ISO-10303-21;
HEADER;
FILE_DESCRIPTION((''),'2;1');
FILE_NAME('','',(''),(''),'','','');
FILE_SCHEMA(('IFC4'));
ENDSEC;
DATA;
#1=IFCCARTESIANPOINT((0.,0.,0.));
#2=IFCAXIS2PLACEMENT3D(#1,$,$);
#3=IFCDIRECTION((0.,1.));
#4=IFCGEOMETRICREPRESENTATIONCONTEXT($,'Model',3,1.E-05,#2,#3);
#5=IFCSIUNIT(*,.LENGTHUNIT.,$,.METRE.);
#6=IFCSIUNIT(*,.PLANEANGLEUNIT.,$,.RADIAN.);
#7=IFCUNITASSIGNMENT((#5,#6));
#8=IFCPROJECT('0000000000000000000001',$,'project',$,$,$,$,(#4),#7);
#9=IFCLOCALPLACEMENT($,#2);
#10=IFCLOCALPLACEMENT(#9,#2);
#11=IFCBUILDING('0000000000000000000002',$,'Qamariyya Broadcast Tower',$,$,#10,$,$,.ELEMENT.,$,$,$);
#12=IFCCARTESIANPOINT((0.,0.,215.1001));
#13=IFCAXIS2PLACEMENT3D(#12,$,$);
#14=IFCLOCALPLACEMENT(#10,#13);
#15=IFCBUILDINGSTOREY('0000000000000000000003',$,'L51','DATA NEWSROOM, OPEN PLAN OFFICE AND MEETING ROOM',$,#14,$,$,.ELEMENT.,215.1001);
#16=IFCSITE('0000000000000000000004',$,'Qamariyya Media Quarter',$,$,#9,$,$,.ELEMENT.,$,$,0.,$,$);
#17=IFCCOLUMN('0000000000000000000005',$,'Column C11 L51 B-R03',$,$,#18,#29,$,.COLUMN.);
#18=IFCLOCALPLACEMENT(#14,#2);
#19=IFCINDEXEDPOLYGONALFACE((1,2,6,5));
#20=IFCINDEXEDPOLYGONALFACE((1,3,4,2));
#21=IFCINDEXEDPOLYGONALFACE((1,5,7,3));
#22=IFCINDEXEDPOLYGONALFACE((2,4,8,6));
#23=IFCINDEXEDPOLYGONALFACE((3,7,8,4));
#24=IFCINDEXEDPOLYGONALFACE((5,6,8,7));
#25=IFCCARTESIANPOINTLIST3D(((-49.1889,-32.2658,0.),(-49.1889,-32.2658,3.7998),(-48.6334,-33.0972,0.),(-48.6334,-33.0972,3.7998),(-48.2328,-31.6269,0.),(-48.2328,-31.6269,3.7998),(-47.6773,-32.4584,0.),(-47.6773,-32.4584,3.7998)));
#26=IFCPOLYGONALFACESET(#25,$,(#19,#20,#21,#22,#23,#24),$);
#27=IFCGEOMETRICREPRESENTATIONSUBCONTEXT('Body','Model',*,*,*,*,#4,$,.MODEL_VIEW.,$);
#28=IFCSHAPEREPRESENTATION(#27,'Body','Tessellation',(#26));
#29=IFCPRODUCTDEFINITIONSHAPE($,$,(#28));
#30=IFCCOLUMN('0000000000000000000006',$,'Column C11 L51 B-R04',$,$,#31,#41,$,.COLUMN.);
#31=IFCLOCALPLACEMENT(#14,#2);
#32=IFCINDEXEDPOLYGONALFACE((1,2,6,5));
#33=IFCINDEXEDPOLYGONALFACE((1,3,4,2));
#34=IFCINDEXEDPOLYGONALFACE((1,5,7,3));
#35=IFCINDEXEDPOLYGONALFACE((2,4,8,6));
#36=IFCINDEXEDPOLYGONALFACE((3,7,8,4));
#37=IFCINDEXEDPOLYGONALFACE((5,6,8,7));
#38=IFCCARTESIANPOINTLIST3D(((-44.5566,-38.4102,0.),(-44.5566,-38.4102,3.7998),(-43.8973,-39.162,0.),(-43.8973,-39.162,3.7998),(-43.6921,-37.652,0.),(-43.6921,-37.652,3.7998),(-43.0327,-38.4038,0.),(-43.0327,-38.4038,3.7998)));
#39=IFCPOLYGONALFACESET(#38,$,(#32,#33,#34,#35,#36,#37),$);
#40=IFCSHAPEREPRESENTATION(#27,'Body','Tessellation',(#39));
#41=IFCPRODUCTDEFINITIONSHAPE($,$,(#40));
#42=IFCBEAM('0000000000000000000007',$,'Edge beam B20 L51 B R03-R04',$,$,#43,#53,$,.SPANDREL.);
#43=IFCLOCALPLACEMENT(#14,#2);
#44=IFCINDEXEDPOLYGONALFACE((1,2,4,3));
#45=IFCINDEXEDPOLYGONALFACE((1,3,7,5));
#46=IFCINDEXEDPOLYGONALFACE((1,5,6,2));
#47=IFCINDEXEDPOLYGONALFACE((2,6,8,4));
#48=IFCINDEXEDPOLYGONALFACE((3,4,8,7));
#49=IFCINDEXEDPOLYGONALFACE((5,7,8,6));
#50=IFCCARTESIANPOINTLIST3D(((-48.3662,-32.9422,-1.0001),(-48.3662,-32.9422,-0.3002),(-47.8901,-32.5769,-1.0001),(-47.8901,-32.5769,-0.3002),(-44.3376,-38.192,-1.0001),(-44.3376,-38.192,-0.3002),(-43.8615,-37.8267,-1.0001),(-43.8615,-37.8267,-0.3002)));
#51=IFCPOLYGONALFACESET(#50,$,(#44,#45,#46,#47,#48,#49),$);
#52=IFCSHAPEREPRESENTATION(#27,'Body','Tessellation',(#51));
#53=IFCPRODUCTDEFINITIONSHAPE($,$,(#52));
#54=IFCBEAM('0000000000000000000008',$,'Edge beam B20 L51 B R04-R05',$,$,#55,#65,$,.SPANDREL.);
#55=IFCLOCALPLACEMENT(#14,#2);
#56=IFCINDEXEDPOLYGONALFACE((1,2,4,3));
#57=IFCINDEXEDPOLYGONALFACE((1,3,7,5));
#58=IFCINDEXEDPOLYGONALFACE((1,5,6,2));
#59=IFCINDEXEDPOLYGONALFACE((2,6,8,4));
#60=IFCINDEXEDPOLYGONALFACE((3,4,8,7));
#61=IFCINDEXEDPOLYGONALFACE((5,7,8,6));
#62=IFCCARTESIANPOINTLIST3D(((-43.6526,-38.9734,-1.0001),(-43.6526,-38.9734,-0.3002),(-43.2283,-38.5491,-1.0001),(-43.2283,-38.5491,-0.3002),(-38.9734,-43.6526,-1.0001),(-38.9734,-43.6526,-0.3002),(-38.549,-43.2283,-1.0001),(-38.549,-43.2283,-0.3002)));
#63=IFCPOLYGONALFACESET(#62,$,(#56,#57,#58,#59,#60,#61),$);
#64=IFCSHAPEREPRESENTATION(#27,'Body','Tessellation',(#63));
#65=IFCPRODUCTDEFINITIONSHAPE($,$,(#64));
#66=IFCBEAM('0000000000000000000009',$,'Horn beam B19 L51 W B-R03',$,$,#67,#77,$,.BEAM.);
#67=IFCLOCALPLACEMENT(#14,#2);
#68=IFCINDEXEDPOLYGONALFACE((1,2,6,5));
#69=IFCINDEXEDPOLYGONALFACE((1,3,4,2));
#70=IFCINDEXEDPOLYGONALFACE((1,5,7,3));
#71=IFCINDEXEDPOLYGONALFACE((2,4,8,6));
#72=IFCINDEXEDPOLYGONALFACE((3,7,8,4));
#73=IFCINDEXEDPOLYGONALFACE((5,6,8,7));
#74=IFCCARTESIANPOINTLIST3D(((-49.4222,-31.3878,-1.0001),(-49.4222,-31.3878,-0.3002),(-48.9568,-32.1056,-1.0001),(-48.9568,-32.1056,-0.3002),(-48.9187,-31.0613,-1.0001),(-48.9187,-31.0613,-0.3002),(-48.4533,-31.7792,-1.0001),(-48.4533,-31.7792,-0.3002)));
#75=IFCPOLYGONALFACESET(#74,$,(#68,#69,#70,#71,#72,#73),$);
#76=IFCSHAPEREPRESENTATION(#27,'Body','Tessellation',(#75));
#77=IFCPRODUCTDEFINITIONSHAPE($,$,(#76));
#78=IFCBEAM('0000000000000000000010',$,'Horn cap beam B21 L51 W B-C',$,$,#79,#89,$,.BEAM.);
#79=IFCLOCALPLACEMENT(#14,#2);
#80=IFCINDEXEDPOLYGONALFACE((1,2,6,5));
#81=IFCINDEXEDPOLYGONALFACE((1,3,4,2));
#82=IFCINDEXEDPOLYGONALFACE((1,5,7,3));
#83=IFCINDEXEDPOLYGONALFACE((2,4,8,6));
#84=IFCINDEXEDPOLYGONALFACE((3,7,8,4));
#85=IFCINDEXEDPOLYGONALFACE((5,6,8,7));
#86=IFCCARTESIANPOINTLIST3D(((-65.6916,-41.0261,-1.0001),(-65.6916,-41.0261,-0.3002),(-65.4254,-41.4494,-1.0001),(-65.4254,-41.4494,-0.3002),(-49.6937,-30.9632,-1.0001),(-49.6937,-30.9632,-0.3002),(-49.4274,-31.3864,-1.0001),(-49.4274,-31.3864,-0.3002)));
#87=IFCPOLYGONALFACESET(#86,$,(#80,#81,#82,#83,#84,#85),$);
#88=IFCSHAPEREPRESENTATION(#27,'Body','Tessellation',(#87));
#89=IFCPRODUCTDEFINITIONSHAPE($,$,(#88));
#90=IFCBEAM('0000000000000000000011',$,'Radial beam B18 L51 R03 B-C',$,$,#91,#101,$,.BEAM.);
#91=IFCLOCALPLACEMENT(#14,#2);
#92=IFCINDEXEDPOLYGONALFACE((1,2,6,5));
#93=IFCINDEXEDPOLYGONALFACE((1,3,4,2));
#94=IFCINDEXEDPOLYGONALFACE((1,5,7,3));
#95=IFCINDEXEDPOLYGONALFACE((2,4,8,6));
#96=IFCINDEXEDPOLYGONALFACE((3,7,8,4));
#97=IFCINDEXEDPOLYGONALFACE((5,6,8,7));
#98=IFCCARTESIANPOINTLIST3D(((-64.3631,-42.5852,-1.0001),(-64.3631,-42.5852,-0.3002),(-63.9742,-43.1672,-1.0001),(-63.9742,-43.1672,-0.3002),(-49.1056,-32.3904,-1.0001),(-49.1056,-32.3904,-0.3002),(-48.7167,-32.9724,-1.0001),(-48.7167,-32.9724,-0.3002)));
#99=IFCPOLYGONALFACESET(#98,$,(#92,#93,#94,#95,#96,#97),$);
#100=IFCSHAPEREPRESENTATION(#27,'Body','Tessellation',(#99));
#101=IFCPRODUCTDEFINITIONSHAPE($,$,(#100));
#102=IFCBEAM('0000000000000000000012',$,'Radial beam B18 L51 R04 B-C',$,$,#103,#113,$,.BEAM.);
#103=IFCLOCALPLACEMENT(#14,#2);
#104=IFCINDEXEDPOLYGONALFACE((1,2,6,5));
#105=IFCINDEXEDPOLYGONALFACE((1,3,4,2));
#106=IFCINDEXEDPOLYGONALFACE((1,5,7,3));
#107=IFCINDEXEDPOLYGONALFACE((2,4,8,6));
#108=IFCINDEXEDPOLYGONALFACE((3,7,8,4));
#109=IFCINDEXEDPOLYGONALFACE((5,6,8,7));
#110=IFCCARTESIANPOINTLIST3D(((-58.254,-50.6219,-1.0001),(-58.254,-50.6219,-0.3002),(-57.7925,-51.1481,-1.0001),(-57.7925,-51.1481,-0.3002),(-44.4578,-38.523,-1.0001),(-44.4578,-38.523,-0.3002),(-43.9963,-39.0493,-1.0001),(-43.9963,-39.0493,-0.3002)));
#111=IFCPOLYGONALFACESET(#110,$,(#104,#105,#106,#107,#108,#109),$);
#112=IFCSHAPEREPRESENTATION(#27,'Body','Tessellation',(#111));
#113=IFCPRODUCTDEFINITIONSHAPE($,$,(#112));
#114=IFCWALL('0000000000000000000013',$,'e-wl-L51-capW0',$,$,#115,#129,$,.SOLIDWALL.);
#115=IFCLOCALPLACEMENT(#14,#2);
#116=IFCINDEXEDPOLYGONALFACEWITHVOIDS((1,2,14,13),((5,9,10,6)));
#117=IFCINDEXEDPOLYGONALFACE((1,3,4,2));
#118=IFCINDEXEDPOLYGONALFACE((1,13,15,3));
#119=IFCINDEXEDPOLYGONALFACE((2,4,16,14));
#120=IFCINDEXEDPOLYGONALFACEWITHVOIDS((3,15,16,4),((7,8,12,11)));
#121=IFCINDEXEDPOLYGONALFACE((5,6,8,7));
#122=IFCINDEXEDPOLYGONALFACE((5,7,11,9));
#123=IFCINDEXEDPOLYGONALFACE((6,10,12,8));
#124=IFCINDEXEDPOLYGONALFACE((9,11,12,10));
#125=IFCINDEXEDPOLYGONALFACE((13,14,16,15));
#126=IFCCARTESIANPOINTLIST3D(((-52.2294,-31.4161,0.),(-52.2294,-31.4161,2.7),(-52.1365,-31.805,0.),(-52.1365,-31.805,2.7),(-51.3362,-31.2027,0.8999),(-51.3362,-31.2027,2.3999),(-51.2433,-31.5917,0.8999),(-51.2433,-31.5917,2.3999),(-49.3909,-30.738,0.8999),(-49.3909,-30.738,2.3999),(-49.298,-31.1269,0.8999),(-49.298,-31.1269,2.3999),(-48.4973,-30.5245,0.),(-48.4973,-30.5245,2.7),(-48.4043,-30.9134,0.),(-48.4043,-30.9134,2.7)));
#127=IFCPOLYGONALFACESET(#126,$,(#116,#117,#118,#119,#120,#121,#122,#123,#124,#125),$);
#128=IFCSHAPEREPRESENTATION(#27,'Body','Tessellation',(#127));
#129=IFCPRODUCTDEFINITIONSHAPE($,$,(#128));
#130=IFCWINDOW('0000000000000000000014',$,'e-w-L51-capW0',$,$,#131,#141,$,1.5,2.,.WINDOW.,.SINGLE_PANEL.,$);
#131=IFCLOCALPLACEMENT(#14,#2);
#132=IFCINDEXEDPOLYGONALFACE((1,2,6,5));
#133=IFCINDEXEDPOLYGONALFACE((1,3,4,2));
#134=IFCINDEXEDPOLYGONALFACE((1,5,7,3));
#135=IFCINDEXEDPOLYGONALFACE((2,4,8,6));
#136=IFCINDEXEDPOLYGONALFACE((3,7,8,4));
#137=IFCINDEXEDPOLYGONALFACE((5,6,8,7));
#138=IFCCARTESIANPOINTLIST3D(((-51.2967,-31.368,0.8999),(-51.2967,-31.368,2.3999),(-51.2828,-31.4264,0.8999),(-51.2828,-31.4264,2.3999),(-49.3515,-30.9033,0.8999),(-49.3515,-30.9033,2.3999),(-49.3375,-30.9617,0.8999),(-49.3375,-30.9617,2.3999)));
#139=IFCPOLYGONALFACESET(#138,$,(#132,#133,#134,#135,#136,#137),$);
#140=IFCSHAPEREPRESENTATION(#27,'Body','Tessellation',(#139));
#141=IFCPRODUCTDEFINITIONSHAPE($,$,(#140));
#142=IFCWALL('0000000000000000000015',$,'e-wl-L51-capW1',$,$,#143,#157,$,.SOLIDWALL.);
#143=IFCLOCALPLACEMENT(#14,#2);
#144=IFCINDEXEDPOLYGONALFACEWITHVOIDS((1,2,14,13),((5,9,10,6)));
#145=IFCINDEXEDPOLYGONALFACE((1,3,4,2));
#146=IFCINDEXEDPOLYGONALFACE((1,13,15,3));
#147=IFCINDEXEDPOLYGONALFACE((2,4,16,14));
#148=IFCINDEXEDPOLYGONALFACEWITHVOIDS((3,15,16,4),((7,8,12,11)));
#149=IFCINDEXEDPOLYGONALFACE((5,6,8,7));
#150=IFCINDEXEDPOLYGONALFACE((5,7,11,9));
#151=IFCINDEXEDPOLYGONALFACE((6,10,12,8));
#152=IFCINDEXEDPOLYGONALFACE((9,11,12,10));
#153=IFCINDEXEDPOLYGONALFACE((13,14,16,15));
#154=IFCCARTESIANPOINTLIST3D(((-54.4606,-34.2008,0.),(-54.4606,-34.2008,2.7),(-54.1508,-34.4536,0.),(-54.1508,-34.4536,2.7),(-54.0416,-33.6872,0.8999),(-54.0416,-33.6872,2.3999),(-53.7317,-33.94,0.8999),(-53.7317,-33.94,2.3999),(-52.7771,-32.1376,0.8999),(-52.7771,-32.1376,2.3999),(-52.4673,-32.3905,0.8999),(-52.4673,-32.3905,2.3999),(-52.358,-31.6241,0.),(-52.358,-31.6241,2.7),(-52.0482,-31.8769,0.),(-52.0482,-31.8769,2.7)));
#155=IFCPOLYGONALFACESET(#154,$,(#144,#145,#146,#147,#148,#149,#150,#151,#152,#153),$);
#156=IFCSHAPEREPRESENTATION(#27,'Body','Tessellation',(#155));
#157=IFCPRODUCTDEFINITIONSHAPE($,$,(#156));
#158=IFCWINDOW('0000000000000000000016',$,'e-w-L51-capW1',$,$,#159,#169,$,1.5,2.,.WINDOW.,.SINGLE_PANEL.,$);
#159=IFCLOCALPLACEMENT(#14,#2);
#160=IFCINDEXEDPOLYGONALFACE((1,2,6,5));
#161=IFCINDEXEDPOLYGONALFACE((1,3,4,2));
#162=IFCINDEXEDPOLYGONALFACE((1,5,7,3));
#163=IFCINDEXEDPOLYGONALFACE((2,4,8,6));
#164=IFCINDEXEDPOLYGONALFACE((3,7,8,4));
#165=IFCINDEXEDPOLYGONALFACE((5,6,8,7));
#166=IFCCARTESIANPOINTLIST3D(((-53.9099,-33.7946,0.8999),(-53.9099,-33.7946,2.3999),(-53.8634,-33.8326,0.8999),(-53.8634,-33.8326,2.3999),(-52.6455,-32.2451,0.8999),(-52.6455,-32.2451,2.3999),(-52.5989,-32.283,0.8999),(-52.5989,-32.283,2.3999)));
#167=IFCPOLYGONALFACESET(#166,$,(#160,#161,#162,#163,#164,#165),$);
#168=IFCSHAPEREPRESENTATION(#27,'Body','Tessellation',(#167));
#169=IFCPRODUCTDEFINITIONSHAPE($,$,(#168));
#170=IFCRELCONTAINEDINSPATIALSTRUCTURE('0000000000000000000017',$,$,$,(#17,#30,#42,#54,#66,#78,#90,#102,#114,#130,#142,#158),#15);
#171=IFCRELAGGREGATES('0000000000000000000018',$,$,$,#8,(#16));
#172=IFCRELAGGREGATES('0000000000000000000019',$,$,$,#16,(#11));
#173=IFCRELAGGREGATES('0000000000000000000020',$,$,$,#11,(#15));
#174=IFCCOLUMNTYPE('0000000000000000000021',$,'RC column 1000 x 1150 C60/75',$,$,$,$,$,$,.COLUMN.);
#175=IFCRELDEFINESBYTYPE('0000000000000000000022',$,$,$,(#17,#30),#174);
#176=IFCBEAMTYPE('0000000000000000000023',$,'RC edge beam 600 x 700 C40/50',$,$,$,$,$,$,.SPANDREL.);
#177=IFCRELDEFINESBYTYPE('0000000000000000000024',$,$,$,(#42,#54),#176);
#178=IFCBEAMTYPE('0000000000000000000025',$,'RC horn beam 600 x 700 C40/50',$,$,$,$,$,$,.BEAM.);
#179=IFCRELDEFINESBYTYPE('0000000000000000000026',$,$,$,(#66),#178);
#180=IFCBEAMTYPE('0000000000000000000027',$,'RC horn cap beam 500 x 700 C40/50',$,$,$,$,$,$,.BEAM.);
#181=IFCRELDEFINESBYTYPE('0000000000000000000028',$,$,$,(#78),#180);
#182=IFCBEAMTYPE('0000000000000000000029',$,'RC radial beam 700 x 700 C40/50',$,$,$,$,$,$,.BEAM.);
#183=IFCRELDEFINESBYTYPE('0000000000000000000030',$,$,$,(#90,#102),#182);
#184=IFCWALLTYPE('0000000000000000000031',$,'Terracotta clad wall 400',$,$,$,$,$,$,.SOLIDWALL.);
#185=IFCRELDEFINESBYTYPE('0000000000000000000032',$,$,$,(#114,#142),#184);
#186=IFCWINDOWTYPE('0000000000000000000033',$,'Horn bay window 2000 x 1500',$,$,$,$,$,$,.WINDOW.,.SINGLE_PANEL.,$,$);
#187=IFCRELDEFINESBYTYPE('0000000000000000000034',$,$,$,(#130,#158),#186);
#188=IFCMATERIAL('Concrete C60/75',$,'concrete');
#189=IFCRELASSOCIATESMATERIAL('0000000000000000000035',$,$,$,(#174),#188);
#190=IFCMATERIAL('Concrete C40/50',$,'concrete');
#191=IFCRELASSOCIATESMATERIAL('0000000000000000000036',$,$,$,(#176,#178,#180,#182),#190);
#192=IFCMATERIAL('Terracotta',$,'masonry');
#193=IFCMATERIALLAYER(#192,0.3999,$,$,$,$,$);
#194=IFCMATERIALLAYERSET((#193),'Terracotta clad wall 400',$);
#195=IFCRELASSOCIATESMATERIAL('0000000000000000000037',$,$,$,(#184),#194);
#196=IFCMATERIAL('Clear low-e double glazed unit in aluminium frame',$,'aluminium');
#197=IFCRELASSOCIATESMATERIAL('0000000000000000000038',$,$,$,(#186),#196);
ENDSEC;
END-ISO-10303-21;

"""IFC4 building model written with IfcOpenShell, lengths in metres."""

from ifc_helpers import new_model, si_unit, direction, frame, frame_2d, origin, origin_2d, place, context, subcontext, project, spatial, rectangle, extrude, material, layer, layer_set, material_profile, profile_set, type_object, element, fill, save


model = new_model("IFC4")

# Units and contexts
model_context = context("Model", 3, precision=1e-05, world=origin(), true_north=direction((0.0, 1.0)))
body_context = subcontext(model_context, "Body", "Model", "MODEL_VIEW")
ifc_project = project(units=[si_unit("LENGTHUNIT", "METRE"), si_unit("PLANEANGLEUNIT", "RADIAN")], contexts=[model_context])

# Site, building, storey
site_placement = place(None, origin())
site = spatial("IfcSite", under=ifc_project, at=site_placement, Name="Qamariyya Media Quarter", CompositionType="ELEMENT", RefElevation=0.0)
building_placement = place(site_placement, origin())
building = spatial("IfcBuilding", under=site, at=building_placement, Name="Qamariyya Broadcast Tower", CompositionType="ELEMENT")
storey_placement = place(building_placement, frame((0.0, 0.0, 215.1001)))
storey = spatial("IfcBuildingStorey", under=building, at=storey_placement, Name="L51", Description="DATA NEWSROOM, OPEN PLAN OFFICE AND MEETING ROOM", CompositionType="ELEMENT", Elevation=215.1001)

# Columns
ifc_material_1 = material(Name="Concrete C60/75", Category="concrete")
ifc_material_profile_1 = material_profile(ifc_material_1, rectangle(XDim=1.0, YDim=1.1499, at=origin_2d()))
ifc_profile_set_1 = profile_set([ifc_material_profile_1], Name="Concrete C60/75")
column_type = type_object("IfcColumnType", Name="RC column 1000 x 1150 C60/75", PredefinedType="COLUMN", material=ifc_profile_set_1)
for number, where, z_axis, x_axis, name in (
    (1, (-48.4331, -32.3621, 0.0), (0.0, 0.0, 1.0), (0.55557, -0.83147, 0.0), "Column C11 L51 B-R03"),
    (2, (-43.7947, -38.407, 0.0), (0.0, 0.0, 1.0), (0.659346, -0.75184, 0.0), "Column C11 L51 B-R04"),
):
    element("IfcColumn", number, at=place(storey_placement, frame(where, z_axis=z_axis, x_axis=x_axis)), inside=storey, type_object=column_type, Name=name, PredefinedType="COLUMN", context=body_context, shape_type="SweptSolid", body=[
        extrude(rectangle(XDim=1.0, YDim=1.1499, at=origin_2d()), origin(), (0.0, 0.0, 1.0), 3.7998),
    ])

# Beams
ifc_material_2 = material(Name="Concrete C40/50", Category="concrete")
ifc_material_profile_2 = material_profile(ifc_material_2, rectangle(XDim=0.6001, YDim=0.7, at=origin_2d()))
ifc_profile_set_2 = profile_set([ifc_material_profile_2], Name="Concrete C40/50")
beam_type_1 = type_object("IfcBeamType", Name="RC edge beam 600 x 700 C40/50", PredefinedType="SPANDREL", material=ifc_profile_set_2)
for number, where, z_axis, x_axis, name in (
    (3, (-48.1282, -32.7595, -0.6501), (0.608789, -0.793333, 0.0), (0.793333, 0.608789, 0.0), "Edge beam B20 L51 B R03-R04"),
    (4, (-43.4404, -38.7612, -0.6501), (0.707107, -0.707107, 0.0), (0.707107, 0.707107, 0.0), "Edge beam B20 L51 B R04-R05"),
):
    element("IfcBeam", number, at=place(storey_placement, frame(where, z_axis=z_axis, x_axis=x_axis)), inside=storey, type_object=beam_type_1, Name=name, PredefinedType="SPANDREL", context=body_context, shape_type="SweptSolid", body=[
        extrude(rectangle(XDim=0.6001, YDim=0.7, at=origin_2d()), origin(), (0.0, 0.0, 1.0), 6.6174),
    ])
ifc_material_profile_3 = material_profile(ifc_material_2, rectangle(XDim=0.6001, YDim=0.7, at=origin_2d()))
ifc_profile_set_3 = profile_set([ifc_material_profile_3], Name="Concrete C40/50")
beam_type_2 = type_object("IfcBeamType", Name="RC horn beam 600 x 700 C40/50", PredefinedType="BEAM", material=ifc_profile_set_3)
beam_1_placement = place(storey_placement, frame((-48.7051, -31.9424, -0.6501), z_axis=(-0.543985, 0.839095, 0.0), x_axis=(-0.839095, -0.543985, 0.0)))
element("IfcBeam", 5, at=beam_1_placement, inside=storey, type_object=beam_type_2, Name="Horn beam B19 L51 W B-R03", PredefinedType="BEAM", context=body_context, shape_type="SweptSolid", body=[
    extrude(rectangle(XDim=0.6001, YDim=0.7, at=origin_2d()), origin(), (0.0, 0.0, 1.0), 0.8555),
])
ifc_material_profile_4 = material_profile(ifc_material_2, rectangle(XDim=0.5, YDim=0.7, at=origin_2d()))
ifc_profile_set_4 = profile_set([ifc_material_profile_4], Name="Concrete C40/50")
beam_type_3 = type_object("IfcBeamType", Name="RC horn cap beam 500 x 700 C40/50", PredefinedType="BEAM", material=ifc_profile_set_4)
beam_2_placement = place(storey_placement, frame((-49.5605, -31.1748, -0.6501), z_axis=(-0.846468, -0.53244, 0.0), x_axis=(0.53244, -0.846468, 0.0)))
element("IfcBeam", 6, at=beam_2_placement, inside=storey, type_object=beam_type_3, Name="Horn cap beam B21 L51 W B-C", PredefinedType="BEAM", context=body_context, shape_type="SweptSolid", body=[
    extrude(rectangle(XDim=0.5, YDim=0.7, at=origin_2d()), origin(), (0.0, 0.0, 1.0), 18.8997),
])
ifc_material_profile_5 = material_profile(ifc_material_2, rectangle(XDim=0.7, YDim=0.7, at=origin_2d()))
ifc_profile_set_5 = profile_set([ifc_material_profile_5], Name="Concrete C40/50")
beam_type_4 = type_object("IfcBeamType", Name="RC radial beam 700 x 700 C40/50", PredefinedType="BEAM", material=ifc_profile_set_5)
beam_3_placement = place(storey_placement, frame((-48.9111, -32.6814, -0.6501), z_axis=(-0.831469, -0.555572, 0.0), x_axis=(0.555572, -0.831469, 0.0)))
element("IfcBeam", 7, at=beam_3_placement, inside=storey, type_object=beam_type_4, Name="Radial beam B18 L51 R03 B-C", PredefinedType="BEAM", context=body_context, shape_type="SweptSolid", body=[
    extrude(rectangle(XDim=0.7, YDim=0.7, at=origin_2d()), origin(), (0.0, 0.0, 1.0), 18.3501),
])
beam_4_placement = place(storey_placement, frame((-44.2271, -38.7861, -0.6501), z_axis=(-0.75184, -0.659345, 0.0), x_axis=(0.659345, -0.75184, 0.0)))
element("IfcBeam", 8, at=beam_4_placement, inside=storey, type_object=beam_type_4, Name="Radial beam B18 L51 R04 B-C", PredefinedType="BEAM", context=body_context, shape_type="SweptSolid", body=[
    extrude(rectangle(XDim=0.7, YDim=0.7, at=origin_2d()), origin(), (0.0, 0.0, 1.0), 18.3499),
])

# Walls, openings, windows
ifc_material_3 = material(Name="Terracotta", Category="masonry")
ifc_layer = layer(ifc_material_3, 0.3999)
ifc_layer_set = layer_set([ifc_layer], Name="Terracotta clad wall 400")
wall_type = type_object("IfcWallType", Name="Terracotta clad wall 400", PredefinedType="SOLIDWALL", material=ifc_layer_set)
wall_1_placement = place(storey_placement, frame((-48.4509, -30.719, 0.0), z_axis=(0.0, 0.0, 1.0), x_axis=(-0.97263, -0.232357, 0.0)))
wall_1 = element("IfcWall", 9, at=wall_1_placement, inside=storey, type_object=wall_type, Name="e-wl-L51-capW0", PredefinedType="SOLIDWALL", context=body_context, shape_type="SweptSolid", body=[
    extrude(rectangle(XDim=3.8372, YDim=0.3999, at=frame_2d((1.9185, 0.0))), origin(), (0.0, 0.0, 1.0), 2.7),
])
opening_1_placement = place(wall_1_placement, frame((0.9187, 0.0, 0.8999)))
opening_1 = element("IfcOpeningElement", 10, at=opening_1_placement, cuts=wall_1, PredefinedType="OPENING", context=body_context, shape_type="SweptSolid", body=[
    extrude(rectangle(XDim=2.0, YDim=1.5, at=frame_2d((1.0, 0.75))), frame((0.0, 0.21, 0.0), z_axis=(0.0, -1.0, 0.0), x_axis=(1.0, 0.0, 0.0)), (0.0, 0.0, 1.0), 0.4199),
])
ifc_material_4 = material(Name="Clear low-e double glazed unit in aluminium frame", Category="aluminium")
window_type_1 = type_object("IfcWindowType", Name="Horn bay window 2000 x 1500", PartitioningType="SINGLE_PANEL", PredefinedType="WINDOW", material=ifc_material_4)
window_1_placement = place(opening_1_placement, origin())
window_1 = element("IfcWindow", 11, at=window_1_placement, inside=storey, type_object=window_type_1, Name="e-w-L51-capW0", OverallHeight=1.5, OverallWidth=2.0, PartitioningType="SINGLE_PANEL", PredefinedType="WINDOW", context=body_context, shape_type="SweptSolid", body=[
    extrude(rectangle(XDim=2.0, YDim=1.5, at=frame_2d((1.0, 0.75))), frame((0.0, 0.03, 0.0), z_axis=(0.0, -1.0, 0.0), x_axis=(1.0, 0.0, 0.0)), (0.0, 0.0, 1.0), 0.0601),
])
fill(opening_1, window_1)
wall_2_placement = place(storey_placement, frame((-52.2031, -31.7505, 0.0), z_axis=(0.0, 0.0, 1.0), x_axis=(-0.632222, -0.774787, 0.0)))
wall_2 = element("IfcWall", 12, at=wall_2_placement, inside=storey, type_object=wall_type, Name="e-wl-L51-capW1", PredefinedType="SOLIDWALL", context=body_context, shape_type="SweptSolid", body=[
    extrude(rectangle(XDim=3.3257, YDim=0.3999, at=frame_2d((1.6628, 0.0))), origin(), (0.0, 0.0, 1.0), 2.7),
])
opening_2_placement = place(wall_2_placement, frame((0.6628, 0.0, 0.8999)))
opening_2 = element("IfcOpeningElement", 13, at=opening_2_placement, cuts=wall_2, PredefinedType="OPENING", context=body_context, shape_type="SweptSolid", body=[
    extrude(rectangle(XDim=2.0, YDim=1.5, at=frame_2d((1.0, 0.75))), frame((0.0, 0.21, 0.0), z_axis=(0.0, -1.0, 0.0), x_axis=(1.0, 0.0, 0.0)), (0.0, 0.0, 1.0), 0.4199),
])
window_2_placement = place(opening_2_placement, origin())
window_2 = element("IfcWindow", 14, at=window_2_placement, inside=storey, type_object=window_type_1, Name="e-w-L51-capW1", OverallHeight=1.5, OverallWidth=2.0, PartitioningType="SINGLE_PANEL", PredefinedType="WINDOW", context=body_context, shape_type="SweptSolid", body=[
    extrude(rectangle(XDim=2.0, YDim=1.5, at=frame_2d((1.0, 0.75))), frame((0.0, 0.03, 0.0), z_axis=(0.0, -1.0, 0.0), x_axis=(1.0, 0.0, 0.0)), (0.0, 0.0, 1.0), 0.0601),
])
fill(opening_2, window_2)

save(model, "model.ifc")
